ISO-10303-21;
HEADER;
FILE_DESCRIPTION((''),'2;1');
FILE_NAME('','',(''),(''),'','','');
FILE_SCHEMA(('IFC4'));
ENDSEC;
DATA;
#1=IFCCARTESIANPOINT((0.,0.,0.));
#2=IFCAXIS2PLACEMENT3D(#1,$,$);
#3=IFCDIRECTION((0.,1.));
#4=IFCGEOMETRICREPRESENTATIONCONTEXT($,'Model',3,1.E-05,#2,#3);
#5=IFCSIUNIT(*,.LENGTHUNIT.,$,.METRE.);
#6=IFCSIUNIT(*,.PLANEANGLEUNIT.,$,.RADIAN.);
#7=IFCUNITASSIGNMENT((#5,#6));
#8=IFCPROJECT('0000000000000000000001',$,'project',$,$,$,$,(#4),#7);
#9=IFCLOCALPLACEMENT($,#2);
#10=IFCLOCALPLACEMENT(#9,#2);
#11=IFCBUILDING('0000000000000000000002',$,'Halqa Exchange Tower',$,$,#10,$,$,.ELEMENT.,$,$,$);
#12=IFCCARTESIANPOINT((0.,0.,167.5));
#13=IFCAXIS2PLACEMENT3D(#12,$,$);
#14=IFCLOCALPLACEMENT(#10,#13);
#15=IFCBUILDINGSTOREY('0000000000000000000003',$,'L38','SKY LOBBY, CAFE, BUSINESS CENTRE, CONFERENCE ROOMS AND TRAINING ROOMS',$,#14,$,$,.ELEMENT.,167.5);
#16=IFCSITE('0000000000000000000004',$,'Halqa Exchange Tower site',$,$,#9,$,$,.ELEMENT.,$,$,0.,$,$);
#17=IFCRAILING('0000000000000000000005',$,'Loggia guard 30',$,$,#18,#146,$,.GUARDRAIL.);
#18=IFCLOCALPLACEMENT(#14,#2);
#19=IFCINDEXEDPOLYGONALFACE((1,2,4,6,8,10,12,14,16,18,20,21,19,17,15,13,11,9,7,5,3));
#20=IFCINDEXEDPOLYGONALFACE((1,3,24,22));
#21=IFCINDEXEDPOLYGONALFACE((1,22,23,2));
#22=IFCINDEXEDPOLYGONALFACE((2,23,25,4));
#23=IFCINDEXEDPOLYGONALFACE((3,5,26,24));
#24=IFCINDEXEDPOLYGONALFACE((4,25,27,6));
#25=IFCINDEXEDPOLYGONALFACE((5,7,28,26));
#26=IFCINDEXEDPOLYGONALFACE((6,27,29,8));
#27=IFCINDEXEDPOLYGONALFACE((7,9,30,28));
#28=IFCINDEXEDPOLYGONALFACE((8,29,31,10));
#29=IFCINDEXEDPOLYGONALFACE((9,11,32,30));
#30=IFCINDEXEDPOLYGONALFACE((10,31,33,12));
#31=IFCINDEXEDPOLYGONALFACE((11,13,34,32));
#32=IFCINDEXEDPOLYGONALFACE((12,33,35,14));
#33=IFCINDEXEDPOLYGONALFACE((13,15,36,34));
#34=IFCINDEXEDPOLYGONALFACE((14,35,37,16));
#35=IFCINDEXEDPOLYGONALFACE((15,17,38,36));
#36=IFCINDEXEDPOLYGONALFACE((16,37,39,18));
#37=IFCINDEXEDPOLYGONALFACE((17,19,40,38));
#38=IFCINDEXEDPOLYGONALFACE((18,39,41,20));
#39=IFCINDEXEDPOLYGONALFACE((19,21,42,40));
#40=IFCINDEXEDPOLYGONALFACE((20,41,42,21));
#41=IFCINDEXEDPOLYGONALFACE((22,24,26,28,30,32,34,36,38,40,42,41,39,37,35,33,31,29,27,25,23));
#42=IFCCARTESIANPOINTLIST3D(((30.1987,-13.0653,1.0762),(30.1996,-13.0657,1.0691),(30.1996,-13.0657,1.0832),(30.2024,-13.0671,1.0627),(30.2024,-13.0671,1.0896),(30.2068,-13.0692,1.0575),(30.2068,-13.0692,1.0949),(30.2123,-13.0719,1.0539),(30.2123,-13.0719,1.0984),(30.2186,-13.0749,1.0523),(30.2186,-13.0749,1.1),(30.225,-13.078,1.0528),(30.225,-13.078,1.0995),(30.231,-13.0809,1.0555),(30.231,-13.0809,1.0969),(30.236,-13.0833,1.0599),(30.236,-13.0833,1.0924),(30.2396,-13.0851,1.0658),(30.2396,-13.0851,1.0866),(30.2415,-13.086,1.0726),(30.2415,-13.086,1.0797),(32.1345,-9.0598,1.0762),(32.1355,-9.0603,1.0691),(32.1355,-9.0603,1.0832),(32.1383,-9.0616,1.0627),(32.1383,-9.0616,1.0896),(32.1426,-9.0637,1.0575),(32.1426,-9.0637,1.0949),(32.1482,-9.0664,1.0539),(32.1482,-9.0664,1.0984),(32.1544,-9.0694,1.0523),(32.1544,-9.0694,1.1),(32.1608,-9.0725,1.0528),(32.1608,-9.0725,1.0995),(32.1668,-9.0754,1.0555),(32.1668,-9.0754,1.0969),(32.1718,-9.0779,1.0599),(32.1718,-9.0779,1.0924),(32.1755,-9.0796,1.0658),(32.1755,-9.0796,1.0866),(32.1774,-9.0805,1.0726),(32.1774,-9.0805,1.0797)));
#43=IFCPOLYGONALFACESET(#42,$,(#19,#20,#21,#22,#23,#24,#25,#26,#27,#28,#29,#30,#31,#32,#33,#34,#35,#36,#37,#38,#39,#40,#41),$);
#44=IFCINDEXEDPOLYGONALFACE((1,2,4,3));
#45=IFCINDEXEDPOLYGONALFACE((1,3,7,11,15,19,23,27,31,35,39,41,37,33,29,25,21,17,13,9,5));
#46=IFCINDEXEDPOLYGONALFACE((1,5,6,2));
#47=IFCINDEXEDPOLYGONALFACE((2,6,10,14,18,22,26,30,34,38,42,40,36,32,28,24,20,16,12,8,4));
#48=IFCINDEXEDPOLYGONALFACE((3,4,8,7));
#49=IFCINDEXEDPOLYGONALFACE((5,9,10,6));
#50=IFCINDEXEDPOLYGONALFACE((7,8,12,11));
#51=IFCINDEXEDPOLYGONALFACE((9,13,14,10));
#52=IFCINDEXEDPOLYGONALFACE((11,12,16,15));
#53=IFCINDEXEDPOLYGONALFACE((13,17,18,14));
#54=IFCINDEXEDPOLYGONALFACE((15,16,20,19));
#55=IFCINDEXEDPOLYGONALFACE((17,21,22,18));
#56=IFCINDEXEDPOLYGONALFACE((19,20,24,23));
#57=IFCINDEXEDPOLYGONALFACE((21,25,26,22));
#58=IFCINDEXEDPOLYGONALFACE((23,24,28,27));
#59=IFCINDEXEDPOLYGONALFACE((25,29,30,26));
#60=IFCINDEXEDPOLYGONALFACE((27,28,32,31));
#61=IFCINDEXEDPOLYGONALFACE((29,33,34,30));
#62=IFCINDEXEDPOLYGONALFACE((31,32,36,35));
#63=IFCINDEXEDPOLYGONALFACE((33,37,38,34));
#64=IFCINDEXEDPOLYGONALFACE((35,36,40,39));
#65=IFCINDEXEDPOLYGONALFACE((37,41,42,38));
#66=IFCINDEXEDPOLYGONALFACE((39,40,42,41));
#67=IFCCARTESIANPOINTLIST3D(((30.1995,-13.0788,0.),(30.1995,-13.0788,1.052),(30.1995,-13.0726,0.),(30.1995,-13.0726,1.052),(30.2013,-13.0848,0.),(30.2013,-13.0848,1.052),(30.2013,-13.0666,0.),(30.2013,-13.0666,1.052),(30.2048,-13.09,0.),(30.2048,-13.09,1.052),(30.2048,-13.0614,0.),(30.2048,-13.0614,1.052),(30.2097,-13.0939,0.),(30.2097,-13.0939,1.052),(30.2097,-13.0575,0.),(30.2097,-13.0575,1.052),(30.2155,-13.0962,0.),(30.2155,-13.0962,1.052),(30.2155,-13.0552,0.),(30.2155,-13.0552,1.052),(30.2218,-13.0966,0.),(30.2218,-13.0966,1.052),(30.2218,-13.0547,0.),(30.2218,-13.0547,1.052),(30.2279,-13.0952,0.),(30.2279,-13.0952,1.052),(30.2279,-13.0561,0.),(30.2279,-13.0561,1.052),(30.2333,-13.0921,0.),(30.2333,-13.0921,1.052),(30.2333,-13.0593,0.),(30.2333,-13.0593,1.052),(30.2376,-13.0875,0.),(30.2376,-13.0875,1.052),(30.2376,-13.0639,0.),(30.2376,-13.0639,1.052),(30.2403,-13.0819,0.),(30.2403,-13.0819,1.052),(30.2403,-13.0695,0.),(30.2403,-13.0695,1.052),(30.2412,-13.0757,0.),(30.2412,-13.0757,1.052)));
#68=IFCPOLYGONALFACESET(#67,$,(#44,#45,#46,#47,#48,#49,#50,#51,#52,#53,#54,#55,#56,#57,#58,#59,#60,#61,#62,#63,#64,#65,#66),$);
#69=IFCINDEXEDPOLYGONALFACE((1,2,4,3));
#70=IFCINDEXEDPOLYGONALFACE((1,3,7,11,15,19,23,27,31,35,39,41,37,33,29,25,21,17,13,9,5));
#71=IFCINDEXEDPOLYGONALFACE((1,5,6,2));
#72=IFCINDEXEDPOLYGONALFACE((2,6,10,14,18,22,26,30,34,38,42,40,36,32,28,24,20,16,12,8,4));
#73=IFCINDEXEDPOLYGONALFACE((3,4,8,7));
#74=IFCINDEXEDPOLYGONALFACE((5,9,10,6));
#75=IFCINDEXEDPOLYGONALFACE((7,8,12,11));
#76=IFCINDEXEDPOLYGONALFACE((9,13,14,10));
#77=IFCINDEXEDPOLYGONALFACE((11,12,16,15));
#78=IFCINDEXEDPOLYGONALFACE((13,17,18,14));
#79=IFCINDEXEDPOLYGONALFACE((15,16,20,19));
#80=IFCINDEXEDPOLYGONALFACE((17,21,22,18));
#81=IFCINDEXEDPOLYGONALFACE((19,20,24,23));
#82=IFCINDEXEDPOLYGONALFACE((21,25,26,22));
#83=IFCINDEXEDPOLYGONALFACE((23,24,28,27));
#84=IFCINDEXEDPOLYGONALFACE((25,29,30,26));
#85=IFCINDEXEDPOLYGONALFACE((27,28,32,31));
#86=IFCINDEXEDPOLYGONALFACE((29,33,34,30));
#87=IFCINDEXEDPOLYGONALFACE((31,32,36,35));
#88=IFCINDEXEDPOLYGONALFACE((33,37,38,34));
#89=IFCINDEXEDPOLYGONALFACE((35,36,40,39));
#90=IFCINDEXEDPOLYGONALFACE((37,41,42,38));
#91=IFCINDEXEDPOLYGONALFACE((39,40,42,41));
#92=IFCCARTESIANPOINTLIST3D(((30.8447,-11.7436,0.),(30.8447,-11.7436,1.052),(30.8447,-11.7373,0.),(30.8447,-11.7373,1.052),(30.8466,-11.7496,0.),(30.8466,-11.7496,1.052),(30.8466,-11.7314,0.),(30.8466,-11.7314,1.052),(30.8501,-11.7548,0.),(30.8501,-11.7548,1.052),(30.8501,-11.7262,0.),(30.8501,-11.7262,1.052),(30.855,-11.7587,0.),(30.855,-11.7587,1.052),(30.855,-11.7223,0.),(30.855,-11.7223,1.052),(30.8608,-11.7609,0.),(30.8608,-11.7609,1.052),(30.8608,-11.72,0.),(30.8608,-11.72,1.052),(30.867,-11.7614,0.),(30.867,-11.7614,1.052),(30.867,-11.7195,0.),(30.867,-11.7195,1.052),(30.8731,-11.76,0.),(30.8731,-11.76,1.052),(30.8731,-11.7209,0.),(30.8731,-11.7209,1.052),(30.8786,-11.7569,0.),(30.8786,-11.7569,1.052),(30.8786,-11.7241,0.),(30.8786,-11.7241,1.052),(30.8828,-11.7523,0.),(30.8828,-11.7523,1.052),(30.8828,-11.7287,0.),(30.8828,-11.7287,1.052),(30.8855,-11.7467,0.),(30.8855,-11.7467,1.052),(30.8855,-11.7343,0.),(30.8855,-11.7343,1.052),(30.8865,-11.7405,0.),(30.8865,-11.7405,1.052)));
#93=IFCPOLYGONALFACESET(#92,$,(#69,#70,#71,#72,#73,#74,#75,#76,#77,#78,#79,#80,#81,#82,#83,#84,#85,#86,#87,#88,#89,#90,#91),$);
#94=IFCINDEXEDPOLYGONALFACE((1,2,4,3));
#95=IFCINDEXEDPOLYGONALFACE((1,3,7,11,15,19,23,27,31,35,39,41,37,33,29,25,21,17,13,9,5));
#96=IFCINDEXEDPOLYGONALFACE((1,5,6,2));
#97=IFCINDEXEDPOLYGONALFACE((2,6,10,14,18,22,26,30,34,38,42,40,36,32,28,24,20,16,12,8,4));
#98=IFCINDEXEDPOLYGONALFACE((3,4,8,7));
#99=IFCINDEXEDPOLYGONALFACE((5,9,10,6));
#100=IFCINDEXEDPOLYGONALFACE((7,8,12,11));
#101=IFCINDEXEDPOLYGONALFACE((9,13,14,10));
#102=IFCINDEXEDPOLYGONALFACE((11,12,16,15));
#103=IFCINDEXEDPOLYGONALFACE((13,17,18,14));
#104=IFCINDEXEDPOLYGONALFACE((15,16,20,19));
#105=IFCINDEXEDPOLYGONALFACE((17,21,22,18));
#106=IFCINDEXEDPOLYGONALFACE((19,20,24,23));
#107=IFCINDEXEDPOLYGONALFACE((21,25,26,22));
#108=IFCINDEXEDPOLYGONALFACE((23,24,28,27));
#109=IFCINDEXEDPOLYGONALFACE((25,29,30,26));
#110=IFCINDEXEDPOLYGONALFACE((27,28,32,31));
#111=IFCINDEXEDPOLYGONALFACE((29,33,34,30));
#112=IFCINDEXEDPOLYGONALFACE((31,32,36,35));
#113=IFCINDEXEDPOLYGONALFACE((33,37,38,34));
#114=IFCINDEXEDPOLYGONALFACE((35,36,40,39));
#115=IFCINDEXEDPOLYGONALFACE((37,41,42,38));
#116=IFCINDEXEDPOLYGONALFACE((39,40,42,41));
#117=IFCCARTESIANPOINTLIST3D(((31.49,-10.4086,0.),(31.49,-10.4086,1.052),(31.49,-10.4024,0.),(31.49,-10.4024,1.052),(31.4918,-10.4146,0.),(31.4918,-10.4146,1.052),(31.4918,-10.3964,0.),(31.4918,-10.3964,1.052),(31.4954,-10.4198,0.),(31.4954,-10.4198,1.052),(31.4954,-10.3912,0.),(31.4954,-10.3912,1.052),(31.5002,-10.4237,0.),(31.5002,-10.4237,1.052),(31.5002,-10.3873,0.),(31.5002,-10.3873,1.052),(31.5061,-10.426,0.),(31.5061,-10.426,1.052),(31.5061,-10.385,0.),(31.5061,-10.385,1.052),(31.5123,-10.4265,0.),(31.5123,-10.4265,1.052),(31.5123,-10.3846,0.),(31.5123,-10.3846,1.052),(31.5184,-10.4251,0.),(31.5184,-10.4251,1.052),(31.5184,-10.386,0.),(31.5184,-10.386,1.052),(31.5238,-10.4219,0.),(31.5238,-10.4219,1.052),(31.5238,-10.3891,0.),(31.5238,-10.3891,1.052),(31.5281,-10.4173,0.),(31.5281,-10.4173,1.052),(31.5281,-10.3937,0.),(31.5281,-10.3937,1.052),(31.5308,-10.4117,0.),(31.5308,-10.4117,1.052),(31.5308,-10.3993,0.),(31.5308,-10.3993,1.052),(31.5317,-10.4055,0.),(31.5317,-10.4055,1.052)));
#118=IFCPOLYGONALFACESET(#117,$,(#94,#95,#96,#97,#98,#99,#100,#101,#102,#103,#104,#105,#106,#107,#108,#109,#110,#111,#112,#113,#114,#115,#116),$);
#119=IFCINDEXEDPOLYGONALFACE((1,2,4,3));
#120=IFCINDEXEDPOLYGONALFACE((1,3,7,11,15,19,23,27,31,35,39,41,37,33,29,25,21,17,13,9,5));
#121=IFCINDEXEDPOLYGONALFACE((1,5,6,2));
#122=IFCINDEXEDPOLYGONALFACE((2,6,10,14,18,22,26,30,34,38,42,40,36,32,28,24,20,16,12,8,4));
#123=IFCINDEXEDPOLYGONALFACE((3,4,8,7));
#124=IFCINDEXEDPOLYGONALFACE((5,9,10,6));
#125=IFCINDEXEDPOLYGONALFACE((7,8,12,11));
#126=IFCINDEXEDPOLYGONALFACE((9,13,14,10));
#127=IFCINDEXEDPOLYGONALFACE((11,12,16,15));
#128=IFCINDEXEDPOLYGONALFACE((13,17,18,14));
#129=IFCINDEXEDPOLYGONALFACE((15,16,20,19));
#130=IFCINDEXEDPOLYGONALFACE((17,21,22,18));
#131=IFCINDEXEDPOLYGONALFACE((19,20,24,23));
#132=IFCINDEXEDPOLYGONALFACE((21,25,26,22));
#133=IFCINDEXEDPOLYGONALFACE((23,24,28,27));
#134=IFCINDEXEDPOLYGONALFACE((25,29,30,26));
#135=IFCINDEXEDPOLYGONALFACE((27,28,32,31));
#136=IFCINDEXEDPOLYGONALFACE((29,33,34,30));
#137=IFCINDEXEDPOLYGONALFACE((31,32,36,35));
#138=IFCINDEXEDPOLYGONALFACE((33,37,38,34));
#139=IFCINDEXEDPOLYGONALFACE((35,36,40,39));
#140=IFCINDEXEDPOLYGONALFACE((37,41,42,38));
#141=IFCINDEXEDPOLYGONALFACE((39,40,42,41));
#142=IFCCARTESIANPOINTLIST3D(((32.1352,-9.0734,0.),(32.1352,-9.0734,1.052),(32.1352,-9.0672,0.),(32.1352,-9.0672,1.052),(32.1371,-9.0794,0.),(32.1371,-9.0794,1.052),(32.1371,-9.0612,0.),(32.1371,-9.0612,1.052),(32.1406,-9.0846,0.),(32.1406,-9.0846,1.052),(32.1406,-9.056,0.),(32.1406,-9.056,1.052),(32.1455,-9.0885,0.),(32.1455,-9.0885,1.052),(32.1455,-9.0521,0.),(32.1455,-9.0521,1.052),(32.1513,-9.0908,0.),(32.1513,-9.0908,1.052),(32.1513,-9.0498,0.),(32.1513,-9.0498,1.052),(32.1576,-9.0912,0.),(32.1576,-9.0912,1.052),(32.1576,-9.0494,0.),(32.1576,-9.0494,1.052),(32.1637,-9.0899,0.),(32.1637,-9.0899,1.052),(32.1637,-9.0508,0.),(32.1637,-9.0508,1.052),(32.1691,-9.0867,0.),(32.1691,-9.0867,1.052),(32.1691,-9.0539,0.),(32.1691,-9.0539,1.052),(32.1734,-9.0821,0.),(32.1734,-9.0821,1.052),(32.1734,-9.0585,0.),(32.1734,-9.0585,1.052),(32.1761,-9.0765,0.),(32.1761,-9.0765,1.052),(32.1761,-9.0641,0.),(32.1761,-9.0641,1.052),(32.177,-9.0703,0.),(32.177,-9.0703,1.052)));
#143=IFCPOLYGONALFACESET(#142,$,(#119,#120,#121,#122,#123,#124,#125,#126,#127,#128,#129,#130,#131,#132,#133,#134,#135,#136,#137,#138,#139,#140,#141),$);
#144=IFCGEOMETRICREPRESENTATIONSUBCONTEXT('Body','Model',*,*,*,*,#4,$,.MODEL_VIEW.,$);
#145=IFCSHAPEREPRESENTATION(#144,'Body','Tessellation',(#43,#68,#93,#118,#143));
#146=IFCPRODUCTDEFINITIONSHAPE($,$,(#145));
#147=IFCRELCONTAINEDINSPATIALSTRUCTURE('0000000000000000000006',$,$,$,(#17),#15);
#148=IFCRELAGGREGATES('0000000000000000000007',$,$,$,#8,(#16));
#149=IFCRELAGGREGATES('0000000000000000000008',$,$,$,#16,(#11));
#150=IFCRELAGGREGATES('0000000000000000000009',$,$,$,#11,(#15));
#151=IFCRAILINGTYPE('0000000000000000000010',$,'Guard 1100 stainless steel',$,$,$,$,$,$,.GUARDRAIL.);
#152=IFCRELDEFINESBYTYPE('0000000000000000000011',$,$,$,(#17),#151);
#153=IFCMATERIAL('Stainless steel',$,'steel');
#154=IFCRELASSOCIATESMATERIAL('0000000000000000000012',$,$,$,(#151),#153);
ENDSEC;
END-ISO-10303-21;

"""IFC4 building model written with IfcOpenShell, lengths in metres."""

from ifc_helpers import new_model, si_unit, direction, frame, origin, origin_2d, place, context, subcontext, project, spatial, circle, extrude, material, type_object, element, save


model = new_model("IFC4")

# Units and contexts
model_context = context("Model", 3, precision=1e-05, world=origin(), true_north=direction((0.0, 1.0)))
body_context = subcontext(model_context, "Body", "Model", "MODEL_VIEW")
ifc_project = project(units=[si_unit("LENGTHUNIT", "METRE"), si_unit("PLANEANGLEUNIT", "RADIAN")], contexts=[model_context])

# Site, building, storey
site_placement = place(None, origin())
site = spatial("IfcSite", under=ifc_project, at=site_placement, Name="Halqa Exchange Tower site", CompositionType="ELEMENT", RefElevation=0.0)
building_placement = place(site_placement, origin())
building = spatial("IfcBuilding", under=site, at=building_placement, Name="Halqa Exchange Tower", CompositionType="ELEMENT")
storey_placement = place(building_placement, frame((0.0, 0.0, 167.5)))
storey = spatial("IfcBuildingStorey", under=building, at=storey_placement, Name="L38", Description="SKY LOBBY, CAFE, BUSINESS CENTRE, CONFERENCE ROOMS AND TRAINING ROOMS", CompositionType="ELEMENT", Elevation=167.5)

# Railing
ifc_material_1 = material(Name="Stainless steel", Category="steel")
railing_type = type_object("IfcRailingType", Name="Guard 1100 stainless steel", PredefinedType="GUARDRAIL", material=ifc_material_1)
railing_1_placement = place(storey_placement, frame((30.2202, -13.0757, 0.0)))
element("IfcRailing", 1, at=railing_1_placement, inside=storey, type_object=railing_type, Name="Loggia guard 30", PredefinedType="GUARDRAIL", context=body_context, shape_type="SweptSolid", body=[
    extrude(circle(Radius=0.0239, at=origin_2d()), frame((0.0, 0.0, 1.0762), z_axis=(0.435143, 0.900361, 0.0), x_axis=(-0.900361, 0.435143, 0.0)), (0.0, 0.0, 1.0), 4.4487),
    extrude(circle(Radius=0.021, at=origin_2d()), origin(), (0.0, 0.0, 1.0), 1.052),
    extrude(circle(Radius=0.021, at=origin_2d()), frame((0.6453, 1.3352, 0.0)), (0.0, 0.0, 1.0), 1.052),
    extrude(circle(Radius=0.021, at=origin_2d()), frame((1.2905, 2.6702, 0.0)), (0.0, 0.0, 1.0), 1.052),
    extrude(circle(Radius=0.021, at=origin_2d()), frame((1.9358, 4.0054, 0.0)), (0.0, 0.0, 1.0), 1.052),
])

save(model, "model.ifc")
